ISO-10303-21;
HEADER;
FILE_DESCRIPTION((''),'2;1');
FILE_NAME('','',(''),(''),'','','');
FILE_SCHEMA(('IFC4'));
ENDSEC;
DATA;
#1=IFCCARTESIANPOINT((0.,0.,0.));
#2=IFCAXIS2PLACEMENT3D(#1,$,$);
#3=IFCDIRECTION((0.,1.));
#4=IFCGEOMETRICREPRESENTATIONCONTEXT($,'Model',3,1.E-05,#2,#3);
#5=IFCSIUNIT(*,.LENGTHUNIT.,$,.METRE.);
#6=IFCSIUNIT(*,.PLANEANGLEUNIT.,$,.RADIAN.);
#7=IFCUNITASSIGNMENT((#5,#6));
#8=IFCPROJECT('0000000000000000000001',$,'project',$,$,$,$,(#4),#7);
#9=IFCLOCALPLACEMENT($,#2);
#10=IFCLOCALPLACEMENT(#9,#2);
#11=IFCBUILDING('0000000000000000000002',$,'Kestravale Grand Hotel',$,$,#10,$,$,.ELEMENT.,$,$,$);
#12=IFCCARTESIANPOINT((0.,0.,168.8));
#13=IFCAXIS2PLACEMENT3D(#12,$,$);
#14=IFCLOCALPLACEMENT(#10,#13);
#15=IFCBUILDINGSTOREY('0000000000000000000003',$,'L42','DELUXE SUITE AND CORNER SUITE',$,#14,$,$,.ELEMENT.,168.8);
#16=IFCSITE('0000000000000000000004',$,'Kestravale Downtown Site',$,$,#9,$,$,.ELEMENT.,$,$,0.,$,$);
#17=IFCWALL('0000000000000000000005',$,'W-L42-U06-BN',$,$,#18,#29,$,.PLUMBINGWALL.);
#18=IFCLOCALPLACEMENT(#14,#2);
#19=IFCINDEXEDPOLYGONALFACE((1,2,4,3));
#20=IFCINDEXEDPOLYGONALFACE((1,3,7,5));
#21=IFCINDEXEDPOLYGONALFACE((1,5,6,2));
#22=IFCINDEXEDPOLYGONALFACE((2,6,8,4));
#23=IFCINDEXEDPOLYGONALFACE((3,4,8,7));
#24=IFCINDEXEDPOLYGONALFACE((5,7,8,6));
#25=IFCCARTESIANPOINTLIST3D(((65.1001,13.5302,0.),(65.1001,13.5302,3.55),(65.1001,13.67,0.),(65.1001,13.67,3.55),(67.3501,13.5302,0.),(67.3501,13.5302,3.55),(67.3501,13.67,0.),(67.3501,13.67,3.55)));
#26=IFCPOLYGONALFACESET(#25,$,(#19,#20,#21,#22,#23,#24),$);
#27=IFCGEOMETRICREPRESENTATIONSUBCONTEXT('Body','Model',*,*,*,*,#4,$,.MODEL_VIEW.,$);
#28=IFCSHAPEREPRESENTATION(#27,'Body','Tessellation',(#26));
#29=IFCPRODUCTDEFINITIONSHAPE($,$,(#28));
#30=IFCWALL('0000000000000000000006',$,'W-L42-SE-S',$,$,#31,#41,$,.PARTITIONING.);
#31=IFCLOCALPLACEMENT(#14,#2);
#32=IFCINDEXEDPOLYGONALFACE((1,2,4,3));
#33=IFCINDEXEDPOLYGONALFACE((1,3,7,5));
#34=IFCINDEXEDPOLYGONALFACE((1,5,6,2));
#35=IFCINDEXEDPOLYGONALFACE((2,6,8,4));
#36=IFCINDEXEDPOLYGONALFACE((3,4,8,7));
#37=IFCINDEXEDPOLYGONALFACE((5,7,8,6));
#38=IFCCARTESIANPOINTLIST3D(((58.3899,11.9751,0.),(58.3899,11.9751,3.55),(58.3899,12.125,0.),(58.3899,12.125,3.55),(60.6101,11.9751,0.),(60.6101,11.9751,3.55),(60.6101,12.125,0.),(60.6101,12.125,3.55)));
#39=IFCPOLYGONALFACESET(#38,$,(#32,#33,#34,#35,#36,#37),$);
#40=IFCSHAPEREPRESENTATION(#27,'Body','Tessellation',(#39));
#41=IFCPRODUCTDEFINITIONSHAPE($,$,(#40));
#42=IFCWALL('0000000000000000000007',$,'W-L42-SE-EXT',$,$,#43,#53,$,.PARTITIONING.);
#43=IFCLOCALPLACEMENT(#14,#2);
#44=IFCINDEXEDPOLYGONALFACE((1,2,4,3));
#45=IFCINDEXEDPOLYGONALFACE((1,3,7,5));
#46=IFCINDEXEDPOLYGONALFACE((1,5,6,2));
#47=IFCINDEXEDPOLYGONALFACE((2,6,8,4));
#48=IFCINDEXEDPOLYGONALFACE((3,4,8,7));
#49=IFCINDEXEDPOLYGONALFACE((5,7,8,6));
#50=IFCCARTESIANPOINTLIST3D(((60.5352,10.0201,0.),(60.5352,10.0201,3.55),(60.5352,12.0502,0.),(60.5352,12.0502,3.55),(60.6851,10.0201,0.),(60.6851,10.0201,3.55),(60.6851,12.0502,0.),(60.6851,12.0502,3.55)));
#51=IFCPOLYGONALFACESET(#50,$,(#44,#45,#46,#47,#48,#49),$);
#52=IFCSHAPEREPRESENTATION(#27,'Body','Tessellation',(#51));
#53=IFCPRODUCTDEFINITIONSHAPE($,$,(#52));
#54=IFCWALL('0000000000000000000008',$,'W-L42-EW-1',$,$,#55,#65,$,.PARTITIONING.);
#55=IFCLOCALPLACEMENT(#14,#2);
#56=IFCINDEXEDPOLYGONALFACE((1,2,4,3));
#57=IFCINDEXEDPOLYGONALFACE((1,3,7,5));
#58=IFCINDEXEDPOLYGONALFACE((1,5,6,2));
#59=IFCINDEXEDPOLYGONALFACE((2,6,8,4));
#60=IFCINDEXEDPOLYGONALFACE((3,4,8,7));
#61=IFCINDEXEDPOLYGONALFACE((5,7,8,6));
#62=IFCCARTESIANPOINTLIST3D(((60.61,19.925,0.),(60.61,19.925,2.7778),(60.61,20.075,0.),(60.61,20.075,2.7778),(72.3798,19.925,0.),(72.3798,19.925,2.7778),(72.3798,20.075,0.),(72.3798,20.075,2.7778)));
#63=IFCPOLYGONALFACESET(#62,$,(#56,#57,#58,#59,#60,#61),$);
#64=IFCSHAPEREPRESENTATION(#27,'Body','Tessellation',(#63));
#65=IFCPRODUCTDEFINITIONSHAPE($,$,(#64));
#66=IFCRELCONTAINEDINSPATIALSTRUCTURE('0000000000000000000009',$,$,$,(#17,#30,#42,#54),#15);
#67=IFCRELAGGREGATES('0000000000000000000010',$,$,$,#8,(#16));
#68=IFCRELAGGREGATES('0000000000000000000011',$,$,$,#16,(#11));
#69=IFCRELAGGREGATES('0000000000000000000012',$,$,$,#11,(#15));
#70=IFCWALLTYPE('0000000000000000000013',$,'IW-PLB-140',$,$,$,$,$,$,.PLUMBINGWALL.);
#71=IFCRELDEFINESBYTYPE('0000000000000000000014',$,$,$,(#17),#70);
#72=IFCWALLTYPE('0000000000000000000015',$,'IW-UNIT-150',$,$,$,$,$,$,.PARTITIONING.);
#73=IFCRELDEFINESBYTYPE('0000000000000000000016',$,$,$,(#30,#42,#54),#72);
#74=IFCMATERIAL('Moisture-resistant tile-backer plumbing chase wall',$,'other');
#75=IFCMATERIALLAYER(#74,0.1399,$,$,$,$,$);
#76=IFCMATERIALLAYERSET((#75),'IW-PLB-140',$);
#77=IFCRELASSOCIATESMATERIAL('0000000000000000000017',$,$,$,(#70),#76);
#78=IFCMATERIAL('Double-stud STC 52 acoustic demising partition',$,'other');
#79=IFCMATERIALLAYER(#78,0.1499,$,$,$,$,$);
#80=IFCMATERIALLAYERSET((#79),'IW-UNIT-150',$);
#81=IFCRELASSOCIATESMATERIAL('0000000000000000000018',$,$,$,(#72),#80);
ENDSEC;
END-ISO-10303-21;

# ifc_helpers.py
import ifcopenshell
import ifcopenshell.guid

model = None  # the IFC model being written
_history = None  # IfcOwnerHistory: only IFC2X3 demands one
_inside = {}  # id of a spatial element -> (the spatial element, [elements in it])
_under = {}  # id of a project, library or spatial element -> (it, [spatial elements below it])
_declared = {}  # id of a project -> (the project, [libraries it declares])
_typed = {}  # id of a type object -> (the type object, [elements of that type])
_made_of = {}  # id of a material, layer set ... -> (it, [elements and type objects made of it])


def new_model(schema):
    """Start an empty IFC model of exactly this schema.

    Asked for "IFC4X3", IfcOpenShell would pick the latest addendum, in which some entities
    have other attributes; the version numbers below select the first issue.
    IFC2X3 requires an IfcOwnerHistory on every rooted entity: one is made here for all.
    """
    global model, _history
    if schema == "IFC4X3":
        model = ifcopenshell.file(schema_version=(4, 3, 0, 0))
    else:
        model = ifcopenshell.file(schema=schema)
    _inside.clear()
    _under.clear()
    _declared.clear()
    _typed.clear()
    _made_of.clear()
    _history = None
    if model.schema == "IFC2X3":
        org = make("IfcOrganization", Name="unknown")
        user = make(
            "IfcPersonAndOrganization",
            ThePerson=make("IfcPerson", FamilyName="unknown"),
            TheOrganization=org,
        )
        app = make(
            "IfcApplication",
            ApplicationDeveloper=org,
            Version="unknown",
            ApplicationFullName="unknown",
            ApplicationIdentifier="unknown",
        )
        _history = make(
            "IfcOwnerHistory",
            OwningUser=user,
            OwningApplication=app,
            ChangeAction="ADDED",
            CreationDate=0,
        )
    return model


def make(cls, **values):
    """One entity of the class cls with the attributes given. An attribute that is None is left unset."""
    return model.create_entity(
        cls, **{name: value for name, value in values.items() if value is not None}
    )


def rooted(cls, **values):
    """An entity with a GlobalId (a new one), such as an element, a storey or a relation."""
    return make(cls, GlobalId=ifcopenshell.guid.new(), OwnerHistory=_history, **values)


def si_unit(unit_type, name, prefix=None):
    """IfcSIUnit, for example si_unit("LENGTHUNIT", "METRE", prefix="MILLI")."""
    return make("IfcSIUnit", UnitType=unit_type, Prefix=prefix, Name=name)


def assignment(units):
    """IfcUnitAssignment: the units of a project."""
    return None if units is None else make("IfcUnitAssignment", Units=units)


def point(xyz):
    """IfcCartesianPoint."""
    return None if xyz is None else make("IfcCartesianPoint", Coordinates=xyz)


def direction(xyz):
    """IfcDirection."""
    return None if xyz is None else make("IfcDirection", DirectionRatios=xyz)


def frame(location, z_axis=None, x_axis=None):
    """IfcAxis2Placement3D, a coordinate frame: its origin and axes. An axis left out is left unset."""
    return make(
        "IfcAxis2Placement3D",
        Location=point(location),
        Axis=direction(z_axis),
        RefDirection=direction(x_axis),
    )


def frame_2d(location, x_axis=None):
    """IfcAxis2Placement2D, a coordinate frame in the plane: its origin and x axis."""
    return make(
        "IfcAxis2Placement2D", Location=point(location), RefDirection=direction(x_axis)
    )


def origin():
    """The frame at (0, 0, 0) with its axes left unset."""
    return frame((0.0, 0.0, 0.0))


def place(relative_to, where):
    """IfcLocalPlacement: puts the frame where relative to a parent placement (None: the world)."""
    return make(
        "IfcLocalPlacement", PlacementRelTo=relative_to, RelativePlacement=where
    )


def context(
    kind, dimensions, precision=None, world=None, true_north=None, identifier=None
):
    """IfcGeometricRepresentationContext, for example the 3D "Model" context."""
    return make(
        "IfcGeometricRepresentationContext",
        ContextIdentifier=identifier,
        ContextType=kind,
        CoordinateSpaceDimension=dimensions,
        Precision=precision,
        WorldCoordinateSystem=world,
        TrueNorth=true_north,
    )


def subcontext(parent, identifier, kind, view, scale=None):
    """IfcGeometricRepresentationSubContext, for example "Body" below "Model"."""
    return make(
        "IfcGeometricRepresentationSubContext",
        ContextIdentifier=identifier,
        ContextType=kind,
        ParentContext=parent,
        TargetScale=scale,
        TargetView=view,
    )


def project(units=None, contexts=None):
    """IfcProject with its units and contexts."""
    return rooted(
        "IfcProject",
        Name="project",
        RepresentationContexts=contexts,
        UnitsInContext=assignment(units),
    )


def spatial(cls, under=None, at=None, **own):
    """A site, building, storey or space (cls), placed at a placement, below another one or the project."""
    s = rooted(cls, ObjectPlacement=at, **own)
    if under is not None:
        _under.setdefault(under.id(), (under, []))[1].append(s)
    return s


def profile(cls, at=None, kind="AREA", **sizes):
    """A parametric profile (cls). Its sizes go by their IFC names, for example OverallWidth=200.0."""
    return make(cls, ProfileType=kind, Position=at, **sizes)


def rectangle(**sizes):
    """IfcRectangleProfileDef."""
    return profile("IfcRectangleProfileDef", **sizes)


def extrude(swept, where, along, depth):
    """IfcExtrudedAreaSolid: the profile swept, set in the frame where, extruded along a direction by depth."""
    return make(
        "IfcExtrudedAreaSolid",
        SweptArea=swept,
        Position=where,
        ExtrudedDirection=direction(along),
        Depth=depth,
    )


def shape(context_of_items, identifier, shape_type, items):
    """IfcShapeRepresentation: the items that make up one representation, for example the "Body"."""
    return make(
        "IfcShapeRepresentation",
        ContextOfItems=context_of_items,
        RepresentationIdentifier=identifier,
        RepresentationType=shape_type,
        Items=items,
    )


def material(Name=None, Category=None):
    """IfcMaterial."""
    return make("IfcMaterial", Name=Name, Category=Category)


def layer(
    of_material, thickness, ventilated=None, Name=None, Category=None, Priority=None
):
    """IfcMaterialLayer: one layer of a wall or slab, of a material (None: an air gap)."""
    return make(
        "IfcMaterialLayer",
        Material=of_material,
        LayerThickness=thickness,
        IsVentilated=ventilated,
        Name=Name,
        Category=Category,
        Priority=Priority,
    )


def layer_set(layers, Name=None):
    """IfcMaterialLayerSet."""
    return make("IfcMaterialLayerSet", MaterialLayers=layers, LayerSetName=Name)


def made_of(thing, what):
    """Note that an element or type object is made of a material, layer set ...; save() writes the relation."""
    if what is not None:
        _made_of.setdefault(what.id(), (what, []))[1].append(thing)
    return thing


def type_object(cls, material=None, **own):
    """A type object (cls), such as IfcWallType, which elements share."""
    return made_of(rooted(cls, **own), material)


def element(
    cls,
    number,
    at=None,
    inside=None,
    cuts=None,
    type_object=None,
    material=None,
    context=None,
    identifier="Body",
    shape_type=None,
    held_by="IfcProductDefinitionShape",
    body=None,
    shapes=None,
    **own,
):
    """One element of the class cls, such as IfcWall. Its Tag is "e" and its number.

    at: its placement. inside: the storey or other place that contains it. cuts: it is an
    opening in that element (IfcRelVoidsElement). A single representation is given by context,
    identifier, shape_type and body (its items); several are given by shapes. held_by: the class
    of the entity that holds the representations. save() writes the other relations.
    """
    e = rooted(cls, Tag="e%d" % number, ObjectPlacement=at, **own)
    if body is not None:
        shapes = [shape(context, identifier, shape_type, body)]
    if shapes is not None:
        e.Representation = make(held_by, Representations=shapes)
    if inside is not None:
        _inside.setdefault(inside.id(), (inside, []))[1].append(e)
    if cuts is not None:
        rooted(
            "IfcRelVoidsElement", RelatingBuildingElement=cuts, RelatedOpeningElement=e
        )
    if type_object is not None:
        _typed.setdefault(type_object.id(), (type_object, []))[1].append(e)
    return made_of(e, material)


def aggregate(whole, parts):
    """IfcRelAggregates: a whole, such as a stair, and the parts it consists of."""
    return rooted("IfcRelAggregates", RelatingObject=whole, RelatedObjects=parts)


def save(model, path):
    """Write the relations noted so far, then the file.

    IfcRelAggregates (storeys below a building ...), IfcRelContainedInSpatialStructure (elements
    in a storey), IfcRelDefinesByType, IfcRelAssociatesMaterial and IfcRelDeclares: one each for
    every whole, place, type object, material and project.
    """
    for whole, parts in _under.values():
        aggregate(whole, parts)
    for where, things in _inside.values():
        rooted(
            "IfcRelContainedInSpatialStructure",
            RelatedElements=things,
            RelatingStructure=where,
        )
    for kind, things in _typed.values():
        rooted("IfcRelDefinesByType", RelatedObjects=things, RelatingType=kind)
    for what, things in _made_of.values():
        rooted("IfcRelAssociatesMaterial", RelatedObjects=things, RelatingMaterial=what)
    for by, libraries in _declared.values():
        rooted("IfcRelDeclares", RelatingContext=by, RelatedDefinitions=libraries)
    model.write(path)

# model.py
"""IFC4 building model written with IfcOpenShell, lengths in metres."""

from ifc_helpers import new_model, si_unit, direction, frame, frame_2d, origin, place, context, subcontext, project, spatial, rectangle, extrude, material, layer, layer_set, type_object, element, save


model = new_model("IFC4")

# Units and contexts
model_context = context("Model", 3, precision=1e-05, world=origin(), true_north=direction((0.0, 1.0)))
body_context = subcontext(model_context, "Body", "Model", "MODEL_VIEW")
ifc_project = project(units=[si_unit("LENGTHUNIT", "METRE"), si_unit("PLANEANGLEUNIT", "RADIAN")], contexts=[model_context])

# Site, building, storey
site_placement = place(None, origin())
site = spatial("IfcSite", under=ifc_project, at=site_placement, Name="Kestravale Downtown Site", CompositionType="ELEMENT", RefElevation=0.0)
building_placement = place(site_placement, origin())
building = spatial("IfcBuilding", under=site, at=building_placement, Name="Kestravale Grand Hotel", CompositionType="ELEMENT")
storey_placement = place(building_placement, frame((0.0, 0.0, 168.8)))
storey = spatial("IfcBuildingStorey", under=building, at=storey_placement, Name="L42", Description="DELUXE SUITE AND CORNER SUITE", CompositionType="ELEMENT", Elevation=168.8)

# Shared definitions
ifc_material_1 = material(Name="Moisture-resistant tile-backer plumbing chase wall", Category="other")
ifc_layer_1 = layer(ifc_material_1, 0.1399)
ifc_layer_set_1 = layer_set([ifc_layer_1], Name="IW-PLB-140")
wall_type_1 = type_object("IfcWallType", Name="IW-PLB-140", PredefinedType="PLUMBINGWALL", material=ifc_layer_set_1)

# Walls
for number, where, z_axis, x_axis, name in (
    (1, (65.1001, 13.6001, 0.0), (0.0, 0.0, 1.0), (1.0, 0.0, 0.0), "W-L42-U06-BN"),
):
    element("IfcWall", number, at=place(storey_placement, frame(where, z_axis=z_axis, x_axis=x_axis)), inside=storey, type_object=wall_type_1, Name=name, PredefinedType="PLUMBINGWALL", context=body_context, shape_type="SweptSolid", body=[
        extrude(rectangle(XDim=2.25, YDim=0.1399, at=frame_2d((1.125, 0.0))), origin(), (0.0, 0.0, 1.0), 3.55),
    ])
ifc_material_2 = material(Name="Double-stud STC 52 acoustic demising partition", Category="other")
ifc_layer_2 = layer(ifc_material_2, 0.1499)
ifc_layer_set_2 = layer_set([ifc_layer_2], Name="IW-UNIT-150")
wall_type_2 = type_object("IfcWallType", Name="IW-UNIT-150", PredefinedType="PARTITIONING", material=ifc_layer_set_2)
wall_1_placement = place(storey_placement, frame((58.3899, 12.05, 0.0), z_axis=(0.0, 0.0, 1.0), x_axis=(1.0, 0.0, 0.0)))
element("IfcWall", 2, at=wall_1_placement, inside=storey, type_object=wall_type_2, Name="W-L42-SE-S", PredefinedType="PARTITIONING", context=body_context, shape_type="SweptSolid", body=[
    extrude(rectangle(XDim=2.2202, YDim=0.1499, at=frame_2d((1.1101, 0.0))), origin(), (0.0, 0.0, 1.0), 3.55),
])
wall_2_placement = place(storey_placement, frame((60.6101, 10.02, 0.0), z_axis=(0.0, 0.0, 1.0), x_axis=(0.0, 1.0, 0.0)))
element("IfcWall", 3, at=wall_2_placement, inside=storey, type_object=wall_type_2, Name="W-L42-SE-EXT", PredefinedType="PARTITIONING", context=body_context, shape_type="SweptSolid", body=[
    extrude(rectangle(XDim=2.03, YDim=0.1499, at=frame_2d((1.0151, 0.0))), origin(), (0.0, 0.0, 1.0), 3.55),
])
wall_3_placement = place(storey_placement, frame((60.6101, 20.0, 0.0), z_axis=(0.0, 0.0, 1.0), x_axis=(1.0, 0.0, 0.0)))
element("IfcWall", 4, at=wall_3_placement, inside=storey, type_object=wall_type_2, Name="W-L42-EW-1", PredefinedType="PARTITIONING", context=body_context, shape_type="SweptSolid", body=[
    extrude(rectangle(XDim=11.7698, YDim=0.1499, at=frame_2d((5.8848, 0.0))), origin(), (0.0, 0.0, 1.0), 2.7778),
])

save(model, "model.ifc")
